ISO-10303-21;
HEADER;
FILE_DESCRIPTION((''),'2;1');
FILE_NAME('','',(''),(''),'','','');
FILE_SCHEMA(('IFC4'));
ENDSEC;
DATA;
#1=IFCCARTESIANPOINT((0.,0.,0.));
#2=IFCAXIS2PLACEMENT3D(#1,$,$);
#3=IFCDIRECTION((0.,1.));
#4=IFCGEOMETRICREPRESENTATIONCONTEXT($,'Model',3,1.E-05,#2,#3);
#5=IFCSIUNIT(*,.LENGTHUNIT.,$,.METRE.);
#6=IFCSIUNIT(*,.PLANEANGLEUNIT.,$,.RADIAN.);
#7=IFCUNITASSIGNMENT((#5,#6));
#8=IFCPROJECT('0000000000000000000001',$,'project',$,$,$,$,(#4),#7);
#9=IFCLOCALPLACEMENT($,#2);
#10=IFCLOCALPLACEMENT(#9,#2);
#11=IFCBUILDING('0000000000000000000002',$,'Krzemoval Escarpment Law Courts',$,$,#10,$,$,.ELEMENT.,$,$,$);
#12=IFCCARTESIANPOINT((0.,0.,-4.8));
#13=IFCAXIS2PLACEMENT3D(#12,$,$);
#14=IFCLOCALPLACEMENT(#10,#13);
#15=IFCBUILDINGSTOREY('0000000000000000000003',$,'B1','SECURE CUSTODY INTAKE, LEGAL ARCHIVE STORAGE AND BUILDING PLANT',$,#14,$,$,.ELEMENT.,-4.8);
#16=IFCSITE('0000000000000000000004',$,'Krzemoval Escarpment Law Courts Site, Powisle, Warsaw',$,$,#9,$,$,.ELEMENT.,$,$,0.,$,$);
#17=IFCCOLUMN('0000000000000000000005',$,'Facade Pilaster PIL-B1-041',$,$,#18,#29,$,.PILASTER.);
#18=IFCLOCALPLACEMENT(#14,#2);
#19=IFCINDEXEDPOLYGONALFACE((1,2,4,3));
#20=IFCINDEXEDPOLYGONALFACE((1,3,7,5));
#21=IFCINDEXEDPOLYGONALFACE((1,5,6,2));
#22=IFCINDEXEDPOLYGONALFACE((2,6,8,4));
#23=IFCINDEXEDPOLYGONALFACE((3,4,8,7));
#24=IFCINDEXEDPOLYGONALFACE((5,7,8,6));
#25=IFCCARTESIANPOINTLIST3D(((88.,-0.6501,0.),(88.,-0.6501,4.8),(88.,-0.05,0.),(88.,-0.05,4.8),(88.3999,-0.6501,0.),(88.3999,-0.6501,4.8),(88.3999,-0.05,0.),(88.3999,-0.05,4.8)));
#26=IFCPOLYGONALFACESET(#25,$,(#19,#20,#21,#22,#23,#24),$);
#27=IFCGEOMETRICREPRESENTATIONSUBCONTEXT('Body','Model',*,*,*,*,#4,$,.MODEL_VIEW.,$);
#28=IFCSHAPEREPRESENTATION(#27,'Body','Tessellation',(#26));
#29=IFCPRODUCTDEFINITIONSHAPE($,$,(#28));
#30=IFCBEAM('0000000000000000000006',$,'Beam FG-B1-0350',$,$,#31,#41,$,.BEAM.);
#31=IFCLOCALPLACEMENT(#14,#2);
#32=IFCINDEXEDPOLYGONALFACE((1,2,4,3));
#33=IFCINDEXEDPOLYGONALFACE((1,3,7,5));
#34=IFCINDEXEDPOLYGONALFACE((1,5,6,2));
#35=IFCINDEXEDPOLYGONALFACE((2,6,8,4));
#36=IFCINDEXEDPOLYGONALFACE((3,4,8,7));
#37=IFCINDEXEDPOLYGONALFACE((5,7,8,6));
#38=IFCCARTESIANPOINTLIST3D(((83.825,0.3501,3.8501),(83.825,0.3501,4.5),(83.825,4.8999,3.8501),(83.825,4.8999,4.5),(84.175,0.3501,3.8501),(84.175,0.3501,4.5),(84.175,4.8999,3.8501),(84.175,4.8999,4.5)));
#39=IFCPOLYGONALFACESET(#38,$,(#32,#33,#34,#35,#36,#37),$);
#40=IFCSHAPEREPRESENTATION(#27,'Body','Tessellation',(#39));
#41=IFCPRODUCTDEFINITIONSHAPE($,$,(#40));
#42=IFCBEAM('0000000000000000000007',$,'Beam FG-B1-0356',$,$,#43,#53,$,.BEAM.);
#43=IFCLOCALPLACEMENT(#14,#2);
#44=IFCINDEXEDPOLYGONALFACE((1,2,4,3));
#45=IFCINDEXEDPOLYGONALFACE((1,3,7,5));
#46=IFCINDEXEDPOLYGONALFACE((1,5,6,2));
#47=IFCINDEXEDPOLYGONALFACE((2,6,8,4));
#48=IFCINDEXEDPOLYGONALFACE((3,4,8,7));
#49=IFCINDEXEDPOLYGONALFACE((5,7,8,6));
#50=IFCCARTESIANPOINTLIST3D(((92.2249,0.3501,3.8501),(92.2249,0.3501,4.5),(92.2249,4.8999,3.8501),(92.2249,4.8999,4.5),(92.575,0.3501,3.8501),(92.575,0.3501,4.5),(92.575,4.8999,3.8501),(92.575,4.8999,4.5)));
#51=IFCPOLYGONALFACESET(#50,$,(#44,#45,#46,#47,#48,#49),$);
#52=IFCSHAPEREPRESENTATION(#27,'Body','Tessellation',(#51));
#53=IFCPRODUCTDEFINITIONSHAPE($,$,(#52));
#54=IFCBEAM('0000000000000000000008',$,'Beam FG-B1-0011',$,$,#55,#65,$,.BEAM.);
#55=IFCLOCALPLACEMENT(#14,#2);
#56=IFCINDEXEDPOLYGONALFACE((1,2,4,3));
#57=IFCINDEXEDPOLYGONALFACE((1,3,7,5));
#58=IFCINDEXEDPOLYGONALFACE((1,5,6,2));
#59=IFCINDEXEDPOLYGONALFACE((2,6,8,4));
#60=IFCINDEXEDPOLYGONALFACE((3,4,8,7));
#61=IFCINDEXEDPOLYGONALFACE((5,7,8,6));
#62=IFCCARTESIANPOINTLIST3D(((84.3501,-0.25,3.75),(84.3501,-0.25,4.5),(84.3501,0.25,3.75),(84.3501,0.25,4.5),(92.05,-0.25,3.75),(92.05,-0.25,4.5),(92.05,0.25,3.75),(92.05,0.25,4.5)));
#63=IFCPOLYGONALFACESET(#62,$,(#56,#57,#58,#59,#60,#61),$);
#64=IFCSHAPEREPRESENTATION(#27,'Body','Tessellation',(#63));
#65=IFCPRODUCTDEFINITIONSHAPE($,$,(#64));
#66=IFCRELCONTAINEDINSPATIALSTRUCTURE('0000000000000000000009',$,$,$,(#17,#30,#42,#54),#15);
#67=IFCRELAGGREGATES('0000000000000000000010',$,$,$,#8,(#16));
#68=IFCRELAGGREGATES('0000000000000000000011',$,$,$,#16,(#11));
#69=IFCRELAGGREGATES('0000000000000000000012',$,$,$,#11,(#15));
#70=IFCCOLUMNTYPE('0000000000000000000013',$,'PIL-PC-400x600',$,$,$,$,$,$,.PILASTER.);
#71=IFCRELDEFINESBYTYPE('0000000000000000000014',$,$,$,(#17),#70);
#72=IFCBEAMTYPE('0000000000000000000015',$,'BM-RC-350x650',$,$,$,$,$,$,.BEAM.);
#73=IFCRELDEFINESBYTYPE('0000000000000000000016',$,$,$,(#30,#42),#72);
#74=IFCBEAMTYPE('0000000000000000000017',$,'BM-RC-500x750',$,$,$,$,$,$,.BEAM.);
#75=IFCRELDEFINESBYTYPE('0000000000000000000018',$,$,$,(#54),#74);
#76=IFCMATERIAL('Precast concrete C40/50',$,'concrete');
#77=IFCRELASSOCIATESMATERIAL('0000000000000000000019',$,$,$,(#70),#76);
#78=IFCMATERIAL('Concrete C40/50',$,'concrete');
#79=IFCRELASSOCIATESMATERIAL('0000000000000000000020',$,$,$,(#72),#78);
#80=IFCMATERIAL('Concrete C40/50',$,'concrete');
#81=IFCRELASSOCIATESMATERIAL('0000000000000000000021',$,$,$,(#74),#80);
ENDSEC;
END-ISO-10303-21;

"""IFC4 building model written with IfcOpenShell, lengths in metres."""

from ifc_helpers import new_model, si_unit, direction, frame, origin, origin_2d, place, context, subcontext, project, spatial, rectangle, extrude, material, material_profile, profile_set, type_object, element, save


model = new_model("IFC4")

# Units and contexts
model_context = context("Model", 3, precision=1e-05, world=origin(), true_north=direction((0.0, 1.0)))
body_context = subcontext(model_context, "Body", "Model", "MODEL_VIEW")
ifc_project = project(units=[si_unit("LENGTHUNIT", "METRE"), si_unit("PLANEANGLEUNIT", "RADIAN")], contexts=[model_context])

# Site, building, storey
site_placement = place(None, origin())
site = spatial("IfcSite", under=ifc_project, at=site_placement, Name="Krzemoval Escarpment Law Courts Site, Powisle, Warsaw", CompositionType="ELEMENT", RefElevation=0.0)
building_placement = place(site_placement, origin())
building = spatial("IfcBuilding", under=site, at=building_placement, Name="Krzemoval Escarpment Law Courts", CompositionType="ELEMENT")
storey_placement = place(building_placement, frame((0.0, 0.0, -4.8)))
storey = spatial("IfcBuildingStorey", under=building, at=storey_placement, Name="B1", Description="SECURE CUSTODY INTAKE, LEGAL ARCHIVE STORAGE AND BUILDING PLANT", CompositionType="ELEMENT", Elevation=-4.8)

# Column
ifc_material_1 = material(Name="Precast concrete C40/50", Category="concrete")
ifc_material_profile_1 = material_profile(ifc_material_1, rectangle(XDim=0.3999, YDim=0.6001, at=origin_2d()), Name="PIL 400x600")
ifc_profile_set_1 = profile_set([ifc_material_profile_1], Name="Precast concrete C40/50")
column_type_1 = type_object("IfcColumnType", Name="PIL-PC-400x600", PredefinedType="PILASTER", material=ifc_profile_set_1)
column_1_placement = place(storey_placement, frame((88.2, -0.3501, 0.0), z_axis=(0.0, 0.0, 1.0), x_axis=(1.0, 0.0, 0.0)))
element("IfcColumn", 1, at=column_1_placement, inside=storey, type_object=column_type_1, Name="Facade Pilaster PIL-B1-041", PredefinedType="PILASTER", context=body_context, shape_type="SweptSolid", body=[
    extrude(rectangle(XDim=0.3999, YDim=0.6001, at=origin_2d()), origin(), (0.0, 0.0, 1.0), 4.8),
])

# Beams
ifc_material_2 = material(Name="Concrete C40/50", Category="concrete")
ifc_material_profile_2 = material_profile(ifc_material_2, rectangle(XDim=0.3501, YDim=0.6499, at=origin_2d()), Name="RCB 350x650")
ifc_profile_set_2 = profile_set([ifc_material_profile_2], Name="Concrete C40/50")
beam_type_1 = type_object("IfcBeamType", Name="BM-RC-350x650", PredefinedType="BEAM", material=ifc_profile_set_2)
for number, where, z_axis, x_axis, name in (
    (2, (84.0, 0.3501, 4.175), (0.0, 1.0, 0.0), (-1.0, 0.0, 0.0), "Beam FG-B1-0350"),
    (3, (92.3999, 0.3501, 4.175), (0.0, 1.0, 0.0), (-1.0, 0.0, 0.0), "Beam FG-B1-0356"),
):
    element("IfcBeam", number, at=place(storey_placement, frame(where, z_axis=z_axis, x_axis=x_axis)), inside=storey, type_object=beam_type_1, Name=name, PredefinedType="BEAM", context=body_context, shape_type="SweptSolid", body=[
        extrude(rectangle(XDim=0.3501, YDim=0.6499, at=origin_2d()), origin(), (0.0, 0.0, 1.0), 4.5498),
    ])
ifc_material_3 = material(Name="Concrete C40/50", Category="concrete")
ifc_material_profile_3 = material_profile(ifc_material_3, rectangle(XDim=0.5, YDim=0.75, at=origin_2d()), Name="RCB 500x750")
ifc_profile_set_3 = profile_set([ifc_material_profile_3], Name="Concrete C40/50")
beam_type_2 = type_object("IfcBeamType", Name="BM-RC-500x750", PredefinedType="BEAM", material=ifc_profile_set_3)
beam_placement = place(storey_placement, frame((84.3501, 0.0, 4.125), z_axis=(1.0, 0.0, 0.0), x_axis=(0.0, 1.0, 0.0)))
element("IfcBeam", 4, at=beam_placement, inside=storey, type_object=beam_type_2, Name="Beam FG-B1-0011", PredefinedType="BEAM", context=body_context, shape_type="SweptSolid", body=[
    extrude(rectangle(XDim=0.5, YDim=0.75, at=origin_2d()), origin(), (0.0, 0.0, 1.0), 7.7),
])

save(model, "model.ifc")
